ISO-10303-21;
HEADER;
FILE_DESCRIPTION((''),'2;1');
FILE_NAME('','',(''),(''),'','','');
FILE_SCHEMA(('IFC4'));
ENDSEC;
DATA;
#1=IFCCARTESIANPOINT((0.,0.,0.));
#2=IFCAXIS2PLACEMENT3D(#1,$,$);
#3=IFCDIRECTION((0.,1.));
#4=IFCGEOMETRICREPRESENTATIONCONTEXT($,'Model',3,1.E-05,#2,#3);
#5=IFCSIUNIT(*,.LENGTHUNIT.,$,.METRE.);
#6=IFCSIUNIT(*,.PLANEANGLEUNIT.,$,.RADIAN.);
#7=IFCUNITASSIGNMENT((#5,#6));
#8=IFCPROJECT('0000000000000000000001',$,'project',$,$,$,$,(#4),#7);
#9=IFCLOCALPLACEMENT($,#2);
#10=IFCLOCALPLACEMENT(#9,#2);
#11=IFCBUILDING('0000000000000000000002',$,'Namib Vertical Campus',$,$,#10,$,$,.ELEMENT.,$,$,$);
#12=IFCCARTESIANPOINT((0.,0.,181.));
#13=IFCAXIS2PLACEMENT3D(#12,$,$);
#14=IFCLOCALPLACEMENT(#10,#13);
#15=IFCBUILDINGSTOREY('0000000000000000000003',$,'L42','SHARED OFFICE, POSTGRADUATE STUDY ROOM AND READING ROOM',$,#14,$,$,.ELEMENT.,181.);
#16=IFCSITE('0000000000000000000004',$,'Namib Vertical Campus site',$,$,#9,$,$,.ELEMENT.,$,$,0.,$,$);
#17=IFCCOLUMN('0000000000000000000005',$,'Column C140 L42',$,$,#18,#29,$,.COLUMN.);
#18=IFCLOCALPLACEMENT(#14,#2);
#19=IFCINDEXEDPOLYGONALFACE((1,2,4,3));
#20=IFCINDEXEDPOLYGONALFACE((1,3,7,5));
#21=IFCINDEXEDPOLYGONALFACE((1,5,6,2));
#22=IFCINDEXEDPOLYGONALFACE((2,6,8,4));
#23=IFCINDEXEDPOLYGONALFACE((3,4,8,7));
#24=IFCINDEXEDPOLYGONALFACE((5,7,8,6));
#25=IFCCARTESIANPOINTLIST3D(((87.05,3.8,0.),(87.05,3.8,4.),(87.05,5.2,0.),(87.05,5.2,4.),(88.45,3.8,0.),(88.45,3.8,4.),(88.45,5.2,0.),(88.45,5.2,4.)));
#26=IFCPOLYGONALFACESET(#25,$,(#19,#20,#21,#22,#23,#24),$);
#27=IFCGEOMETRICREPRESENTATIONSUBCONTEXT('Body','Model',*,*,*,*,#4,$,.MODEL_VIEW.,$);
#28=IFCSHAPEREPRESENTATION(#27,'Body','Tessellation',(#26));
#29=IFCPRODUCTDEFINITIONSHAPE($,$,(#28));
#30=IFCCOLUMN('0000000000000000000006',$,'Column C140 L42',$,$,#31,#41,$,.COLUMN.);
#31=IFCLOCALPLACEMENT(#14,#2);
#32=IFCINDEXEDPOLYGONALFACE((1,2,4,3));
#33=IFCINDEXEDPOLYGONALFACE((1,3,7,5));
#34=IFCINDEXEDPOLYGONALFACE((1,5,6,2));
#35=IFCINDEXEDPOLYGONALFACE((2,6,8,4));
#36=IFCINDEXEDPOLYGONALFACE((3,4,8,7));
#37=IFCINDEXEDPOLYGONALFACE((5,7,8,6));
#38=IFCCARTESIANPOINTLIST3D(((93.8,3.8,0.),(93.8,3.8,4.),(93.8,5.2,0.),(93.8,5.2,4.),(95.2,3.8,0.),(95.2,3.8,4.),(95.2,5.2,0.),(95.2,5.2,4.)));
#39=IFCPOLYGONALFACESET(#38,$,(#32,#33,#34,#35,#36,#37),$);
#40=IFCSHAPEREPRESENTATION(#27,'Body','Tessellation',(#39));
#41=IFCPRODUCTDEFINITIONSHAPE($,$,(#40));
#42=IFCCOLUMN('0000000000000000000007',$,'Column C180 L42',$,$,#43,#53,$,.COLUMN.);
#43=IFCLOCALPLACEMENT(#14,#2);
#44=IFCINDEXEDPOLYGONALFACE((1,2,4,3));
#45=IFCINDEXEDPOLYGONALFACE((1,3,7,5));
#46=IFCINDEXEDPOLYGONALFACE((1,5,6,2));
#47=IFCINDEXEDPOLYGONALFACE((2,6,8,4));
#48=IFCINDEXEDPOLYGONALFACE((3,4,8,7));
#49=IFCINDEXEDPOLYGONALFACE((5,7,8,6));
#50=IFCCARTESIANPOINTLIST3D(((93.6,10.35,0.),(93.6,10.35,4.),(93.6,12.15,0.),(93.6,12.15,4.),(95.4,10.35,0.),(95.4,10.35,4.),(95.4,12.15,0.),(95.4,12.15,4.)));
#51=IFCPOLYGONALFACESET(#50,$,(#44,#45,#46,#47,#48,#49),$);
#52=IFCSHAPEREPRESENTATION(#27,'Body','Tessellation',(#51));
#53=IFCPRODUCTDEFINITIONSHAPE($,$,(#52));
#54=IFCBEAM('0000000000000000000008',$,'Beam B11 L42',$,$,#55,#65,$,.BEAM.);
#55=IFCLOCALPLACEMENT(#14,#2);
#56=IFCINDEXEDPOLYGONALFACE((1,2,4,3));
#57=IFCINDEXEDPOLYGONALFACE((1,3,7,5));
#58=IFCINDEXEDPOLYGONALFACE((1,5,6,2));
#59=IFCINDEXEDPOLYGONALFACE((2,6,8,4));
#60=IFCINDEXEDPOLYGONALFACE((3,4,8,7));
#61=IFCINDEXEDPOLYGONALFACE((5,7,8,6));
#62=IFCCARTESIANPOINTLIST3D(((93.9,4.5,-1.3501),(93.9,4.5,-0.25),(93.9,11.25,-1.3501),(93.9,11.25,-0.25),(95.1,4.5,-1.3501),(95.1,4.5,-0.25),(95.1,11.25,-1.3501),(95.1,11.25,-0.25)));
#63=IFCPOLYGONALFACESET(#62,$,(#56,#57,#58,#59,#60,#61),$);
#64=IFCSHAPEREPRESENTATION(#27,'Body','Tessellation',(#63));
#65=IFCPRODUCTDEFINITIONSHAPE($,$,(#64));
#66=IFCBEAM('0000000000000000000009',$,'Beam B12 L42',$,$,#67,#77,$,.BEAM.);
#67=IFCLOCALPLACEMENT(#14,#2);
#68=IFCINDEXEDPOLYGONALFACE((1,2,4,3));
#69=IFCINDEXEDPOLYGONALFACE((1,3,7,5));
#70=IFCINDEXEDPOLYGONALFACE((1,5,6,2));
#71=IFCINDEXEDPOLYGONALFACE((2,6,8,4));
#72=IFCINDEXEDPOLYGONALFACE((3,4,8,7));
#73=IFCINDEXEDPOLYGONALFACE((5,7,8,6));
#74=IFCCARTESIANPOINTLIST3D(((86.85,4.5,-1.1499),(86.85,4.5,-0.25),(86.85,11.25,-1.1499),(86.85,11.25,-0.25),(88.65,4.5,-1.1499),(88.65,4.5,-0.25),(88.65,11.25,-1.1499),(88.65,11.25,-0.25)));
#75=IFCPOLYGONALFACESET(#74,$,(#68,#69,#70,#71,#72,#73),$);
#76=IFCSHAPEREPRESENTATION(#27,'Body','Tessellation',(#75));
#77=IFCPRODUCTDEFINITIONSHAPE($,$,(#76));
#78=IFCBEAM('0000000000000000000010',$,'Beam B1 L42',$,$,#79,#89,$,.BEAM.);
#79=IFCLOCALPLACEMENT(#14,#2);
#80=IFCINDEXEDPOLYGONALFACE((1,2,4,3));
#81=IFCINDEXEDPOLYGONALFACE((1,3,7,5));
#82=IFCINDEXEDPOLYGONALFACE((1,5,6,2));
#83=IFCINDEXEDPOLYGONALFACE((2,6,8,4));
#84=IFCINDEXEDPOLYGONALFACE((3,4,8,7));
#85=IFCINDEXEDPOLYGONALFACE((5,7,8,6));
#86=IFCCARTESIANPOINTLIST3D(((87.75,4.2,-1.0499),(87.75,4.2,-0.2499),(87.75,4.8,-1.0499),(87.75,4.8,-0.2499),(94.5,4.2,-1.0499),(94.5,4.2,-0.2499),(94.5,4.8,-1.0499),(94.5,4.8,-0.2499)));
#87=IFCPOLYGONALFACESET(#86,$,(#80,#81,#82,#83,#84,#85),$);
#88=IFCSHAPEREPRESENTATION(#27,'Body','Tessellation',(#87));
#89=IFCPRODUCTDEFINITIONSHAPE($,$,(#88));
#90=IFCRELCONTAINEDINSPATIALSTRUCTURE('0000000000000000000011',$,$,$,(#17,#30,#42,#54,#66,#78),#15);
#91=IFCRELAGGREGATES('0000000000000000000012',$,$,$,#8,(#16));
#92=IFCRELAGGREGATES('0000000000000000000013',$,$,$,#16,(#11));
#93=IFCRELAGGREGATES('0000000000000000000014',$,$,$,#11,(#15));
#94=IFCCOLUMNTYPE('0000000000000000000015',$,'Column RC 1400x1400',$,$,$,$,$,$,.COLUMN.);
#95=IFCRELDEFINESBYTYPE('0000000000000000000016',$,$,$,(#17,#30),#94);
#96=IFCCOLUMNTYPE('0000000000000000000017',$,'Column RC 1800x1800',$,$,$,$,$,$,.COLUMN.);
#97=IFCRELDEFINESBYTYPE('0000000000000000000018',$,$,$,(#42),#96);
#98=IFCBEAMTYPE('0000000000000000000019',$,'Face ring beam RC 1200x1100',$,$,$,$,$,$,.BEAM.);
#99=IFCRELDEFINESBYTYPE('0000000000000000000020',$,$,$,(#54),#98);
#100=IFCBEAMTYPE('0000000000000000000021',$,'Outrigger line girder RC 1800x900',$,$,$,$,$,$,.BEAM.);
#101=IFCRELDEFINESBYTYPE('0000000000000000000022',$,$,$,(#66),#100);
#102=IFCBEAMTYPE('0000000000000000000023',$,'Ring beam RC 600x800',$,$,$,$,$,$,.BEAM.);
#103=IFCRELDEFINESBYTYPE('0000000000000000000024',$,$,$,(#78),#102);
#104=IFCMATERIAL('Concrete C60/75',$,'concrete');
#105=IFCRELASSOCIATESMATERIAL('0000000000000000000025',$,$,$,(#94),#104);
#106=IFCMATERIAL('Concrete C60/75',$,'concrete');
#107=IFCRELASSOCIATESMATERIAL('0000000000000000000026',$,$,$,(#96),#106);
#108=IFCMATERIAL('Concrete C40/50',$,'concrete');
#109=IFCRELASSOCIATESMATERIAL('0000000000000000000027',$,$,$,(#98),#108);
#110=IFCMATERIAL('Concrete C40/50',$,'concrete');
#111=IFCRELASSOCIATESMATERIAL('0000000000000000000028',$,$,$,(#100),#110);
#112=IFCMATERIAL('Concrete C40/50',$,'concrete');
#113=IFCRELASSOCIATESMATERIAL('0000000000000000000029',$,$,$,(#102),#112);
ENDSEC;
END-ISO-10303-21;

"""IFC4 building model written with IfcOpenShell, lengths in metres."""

from ifc_helpers import new_model, si_unit, direction, frame, origin, origin_2d, place, context, subcontext, project, spatial, rectangle, extrude, material, material_profile, profile_set, type_object, element, save


model = new_model("IFC4")

# Units and contexts
model_context = context("Model", 3, precision=1e-05, world=origin(), true_north=direction((0.0, 1.0)))
body_context = subcontext(model_context, "Body", "Model", "MODEL_VIEW")
ifc_project = project(units=[si_unit("LENGTHUNIT", "METRE"), si_unit("PLANEANGLEUNIT", "RADIAN")], contexts=[model_context])

# Site, building, storey
site_placement = place(None, origin())
site = spatial("IfcSite", under=ifc_project, at=site_placement, Name="Namib Vertical Campus site", CompositionType="ELEMENT", RefElevation=0.0)
building_placement = place(site_placement, origin())
building = spatial("IfcBuilding", under=site, at=building_placement, Name="Namib Vertical Campus", CompositionType="ELEMENT")
storey_placement = place(building_placement, frame((0.0, 0.0, 181.0)))
storey = spatial("IfcBuildingStorey", under=building, at=storey_placement, Name="L42", Description="SHARED OFFICE, POSTGRADUATE STUDY ROOM AND READING ROOM", CompositionType="ELEMENT", Elevation=181.0)

# Columns
ifc_material_1 = material(Name="Concrete C60/75", Category="concrete")
ifc_material_profile_1 = material_profile(ifc_material_1, rectangle(XDim=1.3999, YDim=1.3999, at=origin_2d()))
ifc_profile_set_1 = profile_set([ifc_material_profile_1], Name="Concrete C60/75")
column_type_1 = type_object("IfcColumnType", Name="Column RC 1400x1400", PredefinedType="COLUMN", material=ifc_profile_set_1)
for number, where, z_axis, x_axis, name in (
    (1, (87.75, 4.5, 0.0), (0.0, 0.0, 1.0), (1.0, 0.0, 0.0), "Column C140 L42"),
    (2, (94.5, 4.5, 0.0), (0.0, 0.0, 1.0), (1.0, 0.0, 0.0), "Column C140 L42"),
):
    element("IfcColumn", number, at=place(storey_placement, frame(where, z_axis=z_axis, x_axis=x_axis)), inside=storey, type_object=column_type_1, Name=name, PredefinedType="COLUMN", context=body_context, shape_type="SweptSolid", body=[
        extrude(rectangle(XDim=1.3999, YDim=1.3999, at=origin_2d()), origin(), (0.0, 0.0, 1.0), 4.0),
    ])
ifc_material_2 = material(Name="Concrete C60/75", Category="concrete")
ifc_material_profile_2 = material_profile(ifc_material_2, rectangle(XDim=1.8, YDim=1.8, at=origin_2d()))
ifc_profile_set_2 = profile_set([ifc_material_profile_2], Name="Concrete C60/75")
column_type_2 = type_object("IfcColumnType", Name="Column RC 1800x1800", PredefinedType="COLUMN", material=ifc_profile_set_2)
column_placement = place(storey_placement, frame((94.5, 11.25, 0.0), z_axis=(0.0, 0.0, 1.0), x_axis=(1.0, 0.0, 0.0)))
element("IfcColumn", 3, at=column_placement, inside=storey, type_object=column_type_2, Name="Column C180 L42", PredefinedType="COLUMN", context=body_context, shape_type="SweptSolid", body=[
    extrude(rectangle(XDim=1.8, YDim=1.8, at=origin_2d()), origin(), (0.0, 0.0, 1.0), 4.0),
])

# Beams
ifc_material_3 = material(Name="Concrete C40/50", Category="concrete")
ifc_material_profile_3 = material_profile(ifc_material_3, rectangle(XDim=1.2, YDim=1.1001, at=origin_2d()))
ifc_profile_set_3 = profile_set([ifc_material_profile_3], Name="Concrete C40/50")
beam_type_1 = type_object("IfcBeamType", Name="Face ring beam RC 1200x1100", PredefinedType="BEAM", material=ifc_profile_set_3)
beam_1_placement = place(storey_placement, frame((94.5, 4.5, -0.8), z_axis=(0.0, 1.0, 0.0), x_axis=(-1.0, 0.0, 0.0)))
element("IfcBeam", 4, at=beam_1_placement, inside=storey, type_object=beam_type_1, Name="Beam B11 L42", PredefinedType="BEAM", context=body_context, shape_type="SweptSolid", body=[
    extrude(rectangle(XDim=1.2, YDim=1.1001, at=origin_2d()), origin(), (0.0, 0.0, 1.0), 6.75),
])
ifc_material_4 = material(Name="Concrete C40/50", Category="concrete")
ifc_material_profile_4 = material_profile(ifc_material_4, rectangle(XDim=1.8, YDim=0.8999, at=origin_2d()))
ifc_profile_set_4 = profile_set([ifc_material_profile_4], Name="Concrete C40/50")
beam_type_2 = type_object("IfcBeamType", Name="Outrigger line girder RC 1800x900", PredefinedType="BEAM", material=ifc_profile_set_4)
beam_2_placement = place(storey_placement, frame((87.75, 4.5, -0.7), z_axis=(0.0, 1.0, 0.0), x_axis=(-1.0, 0.0, 0.0)))
element("IfcBeam", 5, at=beam_2_placement, inside=storey, type_object=beam_type_2, Name="Beam B12 L42", PredefinedType="BEAM", context=body_context, shape_type="SweptSolid", body=[
    extrude(rectangle(XDim=1.8, YDim=0.8999, at=origin_2d()), origin(), (0.0, 0.0, 1.0), 6.75),
])
ifc_material_5 = material(Name="Concrete C40/50", Category="concrete")
ifc_material_profile_5 = material_profile(ifc_material_5, rectangle(XDim=0.6001, YDim=0.8, at=origin_2d()))
ifc_profile_set_5 = profile_set([ifc_material_profile_5], Name="Concrete C40/50")
beam_type_3 = type_object("IfcBeamType", Name="Ring beam RC 600x800", PredefinedType="BEAM", material=ifc_profile_set_5)
beam_3_placement = place(storey_placement, frame((87.75, 4.5, -0.6499), z_axis=(1.0, 0.0, 0.0), x_axis=(0.0, 1.0, 0.0)))
element("IfcBeam", 6, at=beam_3_placement, inside=storey, type_object=beam_type_3, Name="Beam B1 L42", PredefinedType="BEAM", context=body_context, shape_type="SweptSolid", body=[
    extrude(rectangle(XDim=0.6001, YDim=0.8, at=origin_2d()), origin(), (0.0, 0.0, 1.0), 6.75),
])

save(model, "model.ifc")
